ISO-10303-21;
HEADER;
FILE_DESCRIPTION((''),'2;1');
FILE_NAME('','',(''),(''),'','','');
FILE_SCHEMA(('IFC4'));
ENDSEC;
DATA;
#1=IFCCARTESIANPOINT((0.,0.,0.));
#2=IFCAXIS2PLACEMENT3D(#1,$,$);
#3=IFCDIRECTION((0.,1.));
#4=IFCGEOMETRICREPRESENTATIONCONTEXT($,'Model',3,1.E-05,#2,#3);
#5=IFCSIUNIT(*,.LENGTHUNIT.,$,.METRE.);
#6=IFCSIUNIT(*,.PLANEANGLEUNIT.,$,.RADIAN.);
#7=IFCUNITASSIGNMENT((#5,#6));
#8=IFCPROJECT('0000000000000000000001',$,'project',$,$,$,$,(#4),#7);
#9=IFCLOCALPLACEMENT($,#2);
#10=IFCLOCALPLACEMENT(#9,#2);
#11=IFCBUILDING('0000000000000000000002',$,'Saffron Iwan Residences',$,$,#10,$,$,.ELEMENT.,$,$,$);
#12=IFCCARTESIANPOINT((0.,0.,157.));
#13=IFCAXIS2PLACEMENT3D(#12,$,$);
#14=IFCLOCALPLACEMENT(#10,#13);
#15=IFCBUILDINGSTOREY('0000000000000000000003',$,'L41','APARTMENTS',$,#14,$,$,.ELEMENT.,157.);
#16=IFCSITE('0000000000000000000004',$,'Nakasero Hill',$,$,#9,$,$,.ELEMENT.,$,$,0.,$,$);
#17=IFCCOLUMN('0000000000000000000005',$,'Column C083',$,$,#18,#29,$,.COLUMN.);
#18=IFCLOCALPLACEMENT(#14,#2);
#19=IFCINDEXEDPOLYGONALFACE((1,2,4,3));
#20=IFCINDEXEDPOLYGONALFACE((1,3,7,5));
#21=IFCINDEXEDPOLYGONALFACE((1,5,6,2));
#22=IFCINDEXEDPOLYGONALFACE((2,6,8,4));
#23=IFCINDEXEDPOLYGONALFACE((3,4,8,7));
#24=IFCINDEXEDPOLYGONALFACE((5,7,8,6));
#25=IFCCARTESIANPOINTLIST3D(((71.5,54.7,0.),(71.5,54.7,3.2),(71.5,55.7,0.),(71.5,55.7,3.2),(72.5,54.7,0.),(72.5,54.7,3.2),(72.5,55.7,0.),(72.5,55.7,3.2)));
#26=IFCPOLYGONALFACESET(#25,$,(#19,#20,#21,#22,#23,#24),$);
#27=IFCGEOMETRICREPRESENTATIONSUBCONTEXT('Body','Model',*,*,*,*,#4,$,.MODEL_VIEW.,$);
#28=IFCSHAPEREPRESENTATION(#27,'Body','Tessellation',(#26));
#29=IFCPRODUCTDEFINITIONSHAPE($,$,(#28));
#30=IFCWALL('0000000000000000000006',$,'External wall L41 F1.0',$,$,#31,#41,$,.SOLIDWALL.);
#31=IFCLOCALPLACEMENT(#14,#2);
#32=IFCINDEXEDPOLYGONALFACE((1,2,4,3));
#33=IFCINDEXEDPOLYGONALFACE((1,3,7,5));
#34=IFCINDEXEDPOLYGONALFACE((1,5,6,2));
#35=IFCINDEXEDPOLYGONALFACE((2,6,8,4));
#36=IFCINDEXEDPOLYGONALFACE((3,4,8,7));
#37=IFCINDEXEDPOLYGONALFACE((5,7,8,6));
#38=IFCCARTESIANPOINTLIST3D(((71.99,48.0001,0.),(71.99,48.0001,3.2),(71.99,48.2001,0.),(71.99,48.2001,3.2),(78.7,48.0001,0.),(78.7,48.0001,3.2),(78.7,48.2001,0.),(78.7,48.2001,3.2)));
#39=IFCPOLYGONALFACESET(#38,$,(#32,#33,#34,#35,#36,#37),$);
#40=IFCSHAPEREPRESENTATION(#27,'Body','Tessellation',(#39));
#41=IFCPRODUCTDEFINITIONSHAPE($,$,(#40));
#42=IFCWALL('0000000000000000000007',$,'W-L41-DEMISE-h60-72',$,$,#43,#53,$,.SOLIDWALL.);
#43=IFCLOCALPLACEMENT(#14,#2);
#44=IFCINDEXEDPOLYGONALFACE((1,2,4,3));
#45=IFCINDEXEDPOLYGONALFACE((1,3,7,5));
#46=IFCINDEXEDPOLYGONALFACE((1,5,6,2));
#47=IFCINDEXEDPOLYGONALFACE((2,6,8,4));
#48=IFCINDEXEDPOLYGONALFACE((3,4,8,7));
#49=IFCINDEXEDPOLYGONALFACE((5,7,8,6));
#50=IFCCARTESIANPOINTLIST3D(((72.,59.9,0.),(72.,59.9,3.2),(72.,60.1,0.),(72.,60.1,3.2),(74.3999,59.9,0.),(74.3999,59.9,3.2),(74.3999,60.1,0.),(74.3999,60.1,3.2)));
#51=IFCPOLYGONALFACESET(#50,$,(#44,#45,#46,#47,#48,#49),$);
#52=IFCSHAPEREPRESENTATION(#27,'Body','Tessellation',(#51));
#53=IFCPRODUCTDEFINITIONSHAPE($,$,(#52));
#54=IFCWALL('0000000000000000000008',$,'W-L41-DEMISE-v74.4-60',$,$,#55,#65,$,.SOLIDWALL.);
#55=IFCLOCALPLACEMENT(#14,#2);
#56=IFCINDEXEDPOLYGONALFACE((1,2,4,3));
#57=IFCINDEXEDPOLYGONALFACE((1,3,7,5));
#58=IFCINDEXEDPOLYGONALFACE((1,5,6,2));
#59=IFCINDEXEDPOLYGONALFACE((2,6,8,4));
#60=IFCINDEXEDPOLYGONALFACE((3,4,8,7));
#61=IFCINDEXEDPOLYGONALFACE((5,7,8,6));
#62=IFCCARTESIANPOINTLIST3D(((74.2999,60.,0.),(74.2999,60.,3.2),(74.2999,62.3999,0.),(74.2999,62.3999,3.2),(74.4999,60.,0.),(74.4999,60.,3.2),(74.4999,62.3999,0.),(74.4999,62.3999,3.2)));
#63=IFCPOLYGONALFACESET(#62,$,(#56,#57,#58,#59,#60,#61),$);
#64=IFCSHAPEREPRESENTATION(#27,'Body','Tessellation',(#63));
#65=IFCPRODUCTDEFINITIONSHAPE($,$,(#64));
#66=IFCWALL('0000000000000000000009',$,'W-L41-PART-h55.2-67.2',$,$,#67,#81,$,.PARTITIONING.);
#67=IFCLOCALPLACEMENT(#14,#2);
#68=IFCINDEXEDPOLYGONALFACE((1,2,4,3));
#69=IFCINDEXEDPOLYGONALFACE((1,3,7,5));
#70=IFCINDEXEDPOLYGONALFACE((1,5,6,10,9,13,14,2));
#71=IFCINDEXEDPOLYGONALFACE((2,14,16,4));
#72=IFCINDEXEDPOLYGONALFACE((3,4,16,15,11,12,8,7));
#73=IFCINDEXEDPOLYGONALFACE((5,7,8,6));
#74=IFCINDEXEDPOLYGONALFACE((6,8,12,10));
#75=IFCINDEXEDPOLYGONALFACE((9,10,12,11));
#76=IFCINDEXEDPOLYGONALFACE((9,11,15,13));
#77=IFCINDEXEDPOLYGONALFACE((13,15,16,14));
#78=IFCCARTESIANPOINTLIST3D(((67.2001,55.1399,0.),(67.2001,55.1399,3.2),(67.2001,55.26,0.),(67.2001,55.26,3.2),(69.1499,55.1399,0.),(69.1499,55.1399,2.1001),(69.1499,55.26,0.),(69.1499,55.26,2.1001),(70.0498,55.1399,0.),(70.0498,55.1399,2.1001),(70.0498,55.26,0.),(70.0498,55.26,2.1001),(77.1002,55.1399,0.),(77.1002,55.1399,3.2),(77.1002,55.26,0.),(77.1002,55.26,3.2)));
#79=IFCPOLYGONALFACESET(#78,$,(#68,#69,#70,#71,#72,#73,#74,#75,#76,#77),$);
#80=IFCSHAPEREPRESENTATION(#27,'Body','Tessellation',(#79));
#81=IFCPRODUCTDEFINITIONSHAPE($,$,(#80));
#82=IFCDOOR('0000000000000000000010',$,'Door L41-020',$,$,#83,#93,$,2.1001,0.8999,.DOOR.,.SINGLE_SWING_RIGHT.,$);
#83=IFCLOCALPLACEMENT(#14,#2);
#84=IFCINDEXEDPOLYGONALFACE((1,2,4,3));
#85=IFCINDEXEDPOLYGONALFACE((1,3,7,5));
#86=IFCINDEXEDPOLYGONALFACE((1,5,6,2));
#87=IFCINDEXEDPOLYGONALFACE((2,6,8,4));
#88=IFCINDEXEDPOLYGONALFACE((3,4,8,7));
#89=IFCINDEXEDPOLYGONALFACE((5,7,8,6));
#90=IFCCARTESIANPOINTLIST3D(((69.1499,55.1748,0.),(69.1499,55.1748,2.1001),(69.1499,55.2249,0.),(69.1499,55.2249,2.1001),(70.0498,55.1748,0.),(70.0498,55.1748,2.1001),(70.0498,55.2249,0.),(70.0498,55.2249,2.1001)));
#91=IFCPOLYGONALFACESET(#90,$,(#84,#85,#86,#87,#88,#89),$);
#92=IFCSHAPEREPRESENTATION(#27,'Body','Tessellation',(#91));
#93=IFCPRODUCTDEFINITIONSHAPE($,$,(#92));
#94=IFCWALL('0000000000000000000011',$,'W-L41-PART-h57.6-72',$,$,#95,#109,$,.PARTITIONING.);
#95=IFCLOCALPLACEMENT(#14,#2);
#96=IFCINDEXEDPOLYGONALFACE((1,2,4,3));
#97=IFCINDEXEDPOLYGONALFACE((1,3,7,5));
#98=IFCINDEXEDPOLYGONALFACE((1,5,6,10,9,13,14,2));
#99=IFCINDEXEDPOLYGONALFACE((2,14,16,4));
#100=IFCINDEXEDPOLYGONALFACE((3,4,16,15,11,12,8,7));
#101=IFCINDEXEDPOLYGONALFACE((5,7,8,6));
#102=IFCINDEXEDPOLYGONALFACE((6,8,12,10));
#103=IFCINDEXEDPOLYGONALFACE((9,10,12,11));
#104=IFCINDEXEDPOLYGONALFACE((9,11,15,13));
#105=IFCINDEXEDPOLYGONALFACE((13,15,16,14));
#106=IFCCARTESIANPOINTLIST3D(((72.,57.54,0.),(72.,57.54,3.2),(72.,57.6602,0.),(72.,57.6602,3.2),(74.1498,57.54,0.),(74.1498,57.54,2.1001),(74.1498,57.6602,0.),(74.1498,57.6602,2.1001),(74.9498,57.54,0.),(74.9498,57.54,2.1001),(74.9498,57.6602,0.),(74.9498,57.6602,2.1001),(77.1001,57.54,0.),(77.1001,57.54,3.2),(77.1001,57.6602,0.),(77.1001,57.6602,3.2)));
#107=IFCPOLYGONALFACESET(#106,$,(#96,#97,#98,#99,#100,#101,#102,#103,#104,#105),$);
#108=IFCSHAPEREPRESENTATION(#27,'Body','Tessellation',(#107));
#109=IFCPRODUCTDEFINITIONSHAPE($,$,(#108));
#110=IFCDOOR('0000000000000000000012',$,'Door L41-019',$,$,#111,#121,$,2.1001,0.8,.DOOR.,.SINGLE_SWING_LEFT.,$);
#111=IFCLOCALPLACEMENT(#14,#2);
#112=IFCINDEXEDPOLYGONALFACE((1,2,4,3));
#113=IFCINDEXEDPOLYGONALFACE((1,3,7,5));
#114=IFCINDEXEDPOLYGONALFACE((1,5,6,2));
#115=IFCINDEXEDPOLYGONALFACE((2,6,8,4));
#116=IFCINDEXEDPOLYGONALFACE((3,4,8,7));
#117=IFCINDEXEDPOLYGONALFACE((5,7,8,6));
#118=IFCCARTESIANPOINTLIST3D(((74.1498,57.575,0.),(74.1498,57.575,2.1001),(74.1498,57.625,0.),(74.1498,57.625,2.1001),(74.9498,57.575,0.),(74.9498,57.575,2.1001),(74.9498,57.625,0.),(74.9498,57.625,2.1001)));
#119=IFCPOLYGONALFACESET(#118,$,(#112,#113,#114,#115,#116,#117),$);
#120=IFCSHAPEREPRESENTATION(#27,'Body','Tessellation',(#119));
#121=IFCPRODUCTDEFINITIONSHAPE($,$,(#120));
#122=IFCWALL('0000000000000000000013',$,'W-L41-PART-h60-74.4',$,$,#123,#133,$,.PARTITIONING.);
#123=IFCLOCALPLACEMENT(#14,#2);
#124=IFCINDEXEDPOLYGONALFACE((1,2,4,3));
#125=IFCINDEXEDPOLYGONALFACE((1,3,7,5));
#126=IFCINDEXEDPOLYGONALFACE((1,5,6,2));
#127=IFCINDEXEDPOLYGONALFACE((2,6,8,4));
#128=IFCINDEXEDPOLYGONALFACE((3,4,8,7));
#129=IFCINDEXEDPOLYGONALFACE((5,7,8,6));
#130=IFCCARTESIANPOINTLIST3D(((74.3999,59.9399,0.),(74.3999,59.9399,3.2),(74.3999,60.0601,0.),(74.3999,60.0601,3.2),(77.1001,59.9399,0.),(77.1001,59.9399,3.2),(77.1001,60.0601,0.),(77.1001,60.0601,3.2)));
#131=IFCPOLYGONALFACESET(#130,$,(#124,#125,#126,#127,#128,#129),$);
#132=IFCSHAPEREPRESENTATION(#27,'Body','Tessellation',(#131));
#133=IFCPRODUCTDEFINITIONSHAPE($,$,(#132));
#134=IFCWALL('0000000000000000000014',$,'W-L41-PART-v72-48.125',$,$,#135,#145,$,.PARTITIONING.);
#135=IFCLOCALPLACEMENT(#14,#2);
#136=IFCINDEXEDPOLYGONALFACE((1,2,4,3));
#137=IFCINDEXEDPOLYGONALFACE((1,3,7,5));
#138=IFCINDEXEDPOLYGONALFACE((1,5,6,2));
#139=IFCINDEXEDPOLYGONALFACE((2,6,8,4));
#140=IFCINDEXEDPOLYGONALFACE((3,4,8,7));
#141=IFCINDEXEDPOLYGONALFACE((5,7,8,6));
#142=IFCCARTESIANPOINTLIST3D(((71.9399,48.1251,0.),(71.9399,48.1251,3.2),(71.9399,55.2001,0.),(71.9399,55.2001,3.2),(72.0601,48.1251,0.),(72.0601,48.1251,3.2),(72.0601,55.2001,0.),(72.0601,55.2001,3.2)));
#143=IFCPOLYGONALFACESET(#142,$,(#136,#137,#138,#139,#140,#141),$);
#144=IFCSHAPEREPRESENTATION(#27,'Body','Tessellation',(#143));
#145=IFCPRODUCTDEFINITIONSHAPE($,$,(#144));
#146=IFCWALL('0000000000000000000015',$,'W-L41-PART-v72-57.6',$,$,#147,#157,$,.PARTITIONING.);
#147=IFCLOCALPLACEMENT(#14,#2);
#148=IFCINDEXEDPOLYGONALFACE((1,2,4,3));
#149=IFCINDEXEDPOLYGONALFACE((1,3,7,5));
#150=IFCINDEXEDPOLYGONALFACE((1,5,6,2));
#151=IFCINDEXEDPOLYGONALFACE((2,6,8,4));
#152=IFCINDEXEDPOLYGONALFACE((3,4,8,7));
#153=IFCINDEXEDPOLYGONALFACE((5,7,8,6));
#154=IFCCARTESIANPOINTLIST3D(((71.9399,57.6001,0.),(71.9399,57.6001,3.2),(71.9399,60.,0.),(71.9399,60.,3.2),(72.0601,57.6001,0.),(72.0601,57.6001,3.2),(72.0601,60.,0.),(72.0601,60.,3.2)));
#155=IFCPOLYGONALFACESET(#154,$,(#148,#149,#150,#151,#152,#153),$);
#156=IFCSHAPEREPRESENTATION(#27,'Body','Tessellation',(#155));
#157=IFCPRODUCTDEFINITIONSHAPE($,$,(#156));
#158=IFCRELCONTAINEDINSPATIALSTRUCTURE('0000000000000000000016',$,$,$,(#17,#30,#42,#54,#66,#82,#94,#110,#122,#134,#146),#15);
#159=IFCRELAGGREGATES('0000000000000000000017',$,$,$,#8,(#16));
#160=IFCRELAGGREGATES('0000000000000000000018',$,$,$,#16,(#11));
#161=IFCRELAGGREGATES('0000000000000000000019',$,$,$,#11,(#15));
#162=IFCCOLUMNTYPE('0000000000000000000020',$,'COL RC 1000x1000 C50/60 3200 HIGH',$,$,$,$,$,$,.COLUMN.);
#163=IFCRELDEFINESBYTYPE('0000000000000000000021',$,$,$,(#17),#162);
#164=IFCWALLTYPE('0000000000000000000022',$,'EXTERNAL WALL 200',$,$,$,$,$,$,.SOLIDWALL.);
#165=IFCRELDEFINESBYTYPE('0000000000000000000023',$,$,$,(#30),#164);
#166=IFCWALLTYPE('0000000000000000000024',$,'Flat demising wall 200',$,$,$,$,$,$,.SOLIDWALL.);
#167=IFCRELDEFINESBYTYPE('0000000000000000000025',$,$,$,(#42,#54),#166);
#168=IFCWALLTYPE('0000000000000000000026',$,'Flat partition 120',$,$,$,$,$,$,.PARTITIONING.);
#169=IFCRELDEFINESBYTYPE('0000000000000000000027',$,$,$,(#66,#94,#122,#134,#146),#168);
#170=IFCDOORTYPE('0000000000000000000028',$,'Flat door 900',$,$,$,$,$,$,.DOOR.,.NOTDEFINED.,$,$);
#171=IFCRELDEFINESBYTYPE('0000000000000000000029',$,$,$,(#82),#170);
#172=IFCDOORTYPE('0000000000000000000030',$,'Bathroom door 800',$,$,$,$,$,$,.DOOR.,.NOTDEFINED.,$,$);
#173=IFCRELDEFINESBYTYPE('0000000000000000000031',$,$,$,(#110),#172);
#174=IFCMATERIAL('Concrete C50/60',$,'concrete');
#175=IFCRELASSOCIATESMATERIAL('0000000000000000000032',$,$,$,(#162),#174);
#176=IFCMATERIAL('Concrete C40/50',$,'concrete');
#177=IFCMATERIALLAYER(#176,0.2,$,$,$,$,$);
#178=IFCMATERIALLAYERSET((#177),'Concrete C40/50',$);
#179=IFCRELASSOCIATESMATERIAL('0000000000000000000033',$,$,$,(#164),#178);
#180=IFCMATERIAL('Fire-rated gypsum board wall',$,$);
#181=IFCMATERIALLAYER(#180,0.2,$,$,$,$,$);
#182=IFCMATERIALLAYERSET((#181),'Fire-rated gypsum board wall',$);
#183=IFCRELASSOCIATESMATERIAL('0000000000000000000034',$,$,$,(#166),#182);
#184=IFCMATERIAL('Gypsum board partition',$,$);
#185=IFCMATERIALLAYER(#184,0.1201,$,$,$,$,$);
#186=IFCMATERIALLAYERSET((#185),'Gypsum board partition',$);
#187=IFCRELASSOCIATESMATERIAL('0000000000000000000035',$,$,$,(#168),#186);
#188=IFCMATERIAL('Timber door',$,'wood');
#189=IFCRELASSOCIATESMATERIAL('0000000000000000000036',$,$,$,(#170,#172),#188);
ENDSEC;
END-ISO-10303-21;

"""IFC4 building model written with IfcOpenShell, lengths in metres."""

from ifc_helpers import new_model, si_unit, direction, frame, frame_2d, origin, origin_2d, place, context, subcontext, project, spatial, rectangle, extrude, source, transform, mapped, material, layer, layer_set, material_profile, profile_set, type_object, element, fill, save


model = new_model("IFC4")

# Units and contexts
model_context = context("Model", 3, precision=1e-05, world=origin(), true_north=direction((0.0, 1.0)))
body_context = subcontext(model_context, "Body", "Model", "MODEL_VIEW")
ifc_project = project(units=[si_unit("LENGTHUNIT", "METRE"), si_unit("PLANEANGLEUNIT", "RADIAN")], contexts=[model_context])

# Site, building, storey
site_placement = place(None, origin())
site = spatial("IfcSite", under=ifc_project, at=site_placement, Name="Nakasero Hill", CompositionType="ELEMENT", RefElevation=0.0)
building_placement = place(site_placement, origin())
building = spatial("IfcBuilding", under=site, at=building_placement, Name="Saffron Iwan Residences", CompositionType="ELEMENT")
storey_placement = place(building_placement, frame((0.0, 0.0, 157.0)))
storey = spatial("IfcBuildingStorey", under=building, at=storey_placement, Name="L41", Description="APARTMENTS", CompositionType="ELEMENT", Elevation=157.0)

# Column
ifc_material_1 = material(Name="Concrete C50/60", Category="concrete")
ifc_material_profile = material_profile(ifc_material_1, rectangle(XDim=1.0, YDim=1.0, at=origin_2d()), Name="RC 1000x1000")
ifc_profile_set = profile_set([ifc_material_profile], Name="Concrete C50/60")
column_type = type_object("IfcColumnType", Name="COL RC 1000x1000 C50/60 3200 HIGH", PredefinedType="COLUMN", material=ifc_profile_set)
shared_shape = source(origin(), body_context, "Body", "SweptSolid", [
    extrude(rectangle(XDim=1.0, YDim=1.0, at=origin_2d()), origin(), (0.0, 0.0, 1.0), 3.2),
])
column_placement = place(storey_placement, frame((72.0, 55.2, 0.0), z_axis=(0.0, 0.0, 1.0), x_axis=(1.0, 0.0, 0.0)))
element("IfcColumn", 1, at=column_placement, inside=storey, type_object=column_type, Name="Column C083", PredefinedType="COLUMN", context=body_context, shape_type="MappedRepresentation", body=[
    mapped(shared_shape, transform((0.0, 0.0, 0.0))),
])

# Walls
ifc_material_2 = material(Name="Concrete C40/50", Category="concrete")
ifc_layer_1 = layer(ifc_material_2, 0.2)
ifc_layer_set_1 = layer_set([ifc_layer_1], Name="Concrete C40/50")
wall_type_1 = type_object("IfcWallType", Name="EXTERNAL WALL 200", PredefinedType="SOLIDWALL", material=ifc_layer_set_1)
wall_1_placement = place(storey_placement, frame((71.99, 48.1001, 0.0), z_axis=(0.0, 0.0, 1.0), x_axis=(1.0, 0.0, 0.0)))
element("IfcWall", 2, at=wall_1_placement, inside=storey, type_object=wall_type_1, Name="External wall L41 F1.0", PredefinedType="SOLIDWALL", context=body_context, shape_type="SweptSolid", body=[
    extrude(rectangle(XDim=6.71, YDim=0.2, at=frame_2d((3.355, 0.0))), origin(), (0.0, 0.0, 1.0), 3.2),
])
ifc_material_3 = material(Name="Fire-rated gypsum board wall")
ifc_layer_2 = layer(ifc_material_3, 0.2)
ifc_layer_set_2 = layer_set([ifc_layer_2], Name="Fire-rated gypsum board wall")
wall_type_2 = type_object("IfcWallType", Name="Flat demising wall 200", PredefinedType="SOLIDWALL", material=ifc_layer_set_2)
for number, where, z_axis, x_axis, name in (
    (3, (72.0, 60.0, 0.0), (0.0, 0.0, 1.0), (1.0, 0.0, 0.0), "W-L41-DEMISE-h60-72"),
    (4, (74.3999, 60.0, 0.0), (0.0, 0.0, 1.0), (0.0, 1.0, 0.0), "W-L41-DEMISE-v74.4-60"),
):
    element("IfcWall", number, at=place(storey_placement, frame(where, z_axis=z_axis, x_axis=x_axis)), inside=storey, type_object=wall_type_2, Name=name, PredefinedType="SOLIDWALL", context=body_context, shape_type="SweptSolid", body=[
        extrude(rectangle(XDim=2.3999, YDim=0.2, at=frame_2d((1.2, 0.0))), origin(), (0.0, 0.0, 1.0), 3.2),
    ])

# Walls, openings, doors
ifc_material_4 = material(Name="Gypsum board partition")
ifc_layer_3 = layer(ifc_material_4, 0.1201)
ifc_layer_set_3 = layer_set([ifc_layer_3], Name="Gypsum board partition")
wall_type_3 = type_object("IfcWallType", Name="Flat partition 120", PredefinedType="PARTITIONING", material=ifc_layer_set_3)
wall_2_placement = place(storey_placement, frame((67.2, 55.2, 0.0), z_axis=(0.0, 0.0, 1.0), x_axis=(1.0, 0.0, 0.0)))
wall_2 = element("IfcWall", 5, at=wall_2_placement, inside=storey, type_object=wall_type_3, Name="W-L41-PART-h55.2-67.2", PredefinedType="PARTITIONING", context=body_context, shape_type="SweptSolid", body=[
    extrude(rectangle(XDim=9.9001, YDim=0.1201, at=frame_2d((4.9502, 0.0))), origin(), (0.0, 0.0, 1.0), 3.2),
])
opening_1_placement = place(wall_2_placement, frame((1.95, 0.0, 0.0)))
opening_1 = element("IfcOpeningElement", 6, at=opening_1_placement, cuts=wall_2, PredefinedType="OPENING", context=body_context, shape_type="SweptSolid", body=[
    extrude(rectangle(XDim=0.8999, YDim=2.1001, at=frame_2d((0.45, 1.05))), frame((0.0, 0.0701, 0.0), z_axis=(0.0, -1.0, 0.0), x_axis=(1.0, 0.0, 0.0)), (0.0, 0.0, 1.0), 0.1401),
])
ifc_material_5 = material(Name="Timber door", Category="wood")
door_type_1 = type_object("IfcDoorType", Name="Flat door 900", OperationType="NOTDEFINED", PredefinedType="DOOR", material=ifc_material_5)
door_1_placement = place(opening_1_placement, origin())
door_1 = element("IfcDoor", 7, at=door_1_placement, inside=storey, type_object=door_type_1, Name="Door L41-020", OperationType="SINGLE_SWING_RIGHT", OverallHeight=2.1001, OverallWidth=0.8999, PredefinedType="DOOR", context=body_context, shape_type="SweptSolid", body=[
    extrude(rectangle(XDim=0.8999, YDim=2.1001, at=frame_2d((0.45, 1.05))), frame((0.0, 0.0249, 0.0), z_axis=(0.0, -1.0, 0.0), x_axis=(1.0, 0.0, 0.0)), (0.0, 0.0, 1.0), 0.05),
])
fill(opening_1, door_1)
wall_3_placement = place(storey_placement, frame((72.0, 57.6001, 0.0), z_axis=(0.0, 0.0, 1.0), x_axis=(1.0, 0.0, 0.0)))
wall_3 = element("IfcWall", 8, at=wall_3_placement, inside=storey, type_object=wall_type_3, Name="W-L41-PART-h57.6-72", PredefinedType="PARTITIONING", context=body_context, shape_type="SweptSolid", body=[
    extrude(rectangle(XDim=5.1001, YDim=0.1201, at=frame_2d((2.55, 0.0))), origin(), (0.0, 0.0, 1.0), 3.2),
])
opening_2_placement = place(wall_3_placement, frame((2.1499, 0.0, 0.0)))
opening_2 = element("IfcOpeningElement", 9, at=opening_2_placement, cuts=wall_3, PredefinedType="OPENING", context=body_context, shape_type="SweptSolid", body=[
    extrude(rectangle(XDim=0.8, YDim=2.1001, at=frame_2d((0.3999, 1.05))), frame((0.0, 0.0701, 0.0), z_axis=(0.0, -1.0, 0.0), x_axis=(1.0, 0.0, 0.0)), (0.0, 0.0, 1.0), 0.1401),
])
door_type_2 = type_object("IfcDoorType", Name="Bathroom door 800", OperationType="NOTDEFINED", PredefinedType="DOOR", material=ifc_material_5)
door_2_placement = place(opening_2_placement, origin())
door_2 = element("IfcDoor", 10, at=door_2_placement, inside=storey, type_object=door_type_2, Name="Door L41-019", OperationType="SINGLE_SWING_LEFT", OverallHeight=2.1001, OverallWidth=0.8, PredefinedType="DOOR", context=body_context, shape_type="SweptSolid", body=[
    extrude(rectangle(XDim=0.8, YDim=2.1001, at=frame_2d((0.3999, 1.05))), frame((0.0, 0.0249, 0.0), z_axis=(0.0, -1.0, 0.0), x_axis=(1.0, 0.0, 0.0)), (0.0, 0.0, 1.0), 0.05),
])
fill(opening_2, door_2)

# Walls
wall_4_placement = place(storey_placement, frame((74.3999, 60.0, 0.0), z_axis=(0.0, 0.0, 1.0), x_axis=(1.0, 0.0, 0.0)))
element("IfcWall", 11, at=wall_4_placement, inside=storey, type_object=wall_type_3, Name="W-L41-PART-h60-74.4", PredefinedType="PARTITIONING", context=body_context, shape_type="SweptSolid", body=[
    extrude(rectangle(XDim=2.7002, YDim=0.1201, at=frame_2d((1.3501, 0.0))), origin(), (0.0, 0.0, 1.0), 3.2),
])
wall_5_placement = place(storey_placement, frame((72.0, 48.125, 0.0), z_axis=(0.0, 0.0, 1.0), x_axis=(0.0, 1.0, 0.0)))
element("IfcWall", 12, at=wall_5_placement, inside=storey, type_object=wall_type_3, Name="W-L41-PART-v72-48.125", PredefinedType="PARTITIONING", context=body_context, shape_type="SweptSolid", body=[
    extrude(rectangle(XDim=7.075, YDim=0.1201, at=frame_2d((3.5376, 0.0))), origin(), (0.0, 0.0, 1.0), 3.2),
])
wall_6_placement = place(storey_placement, frame((72.0, 57.6001, 0.0), z_axis=(0.0, 0.0, 1.0), x_axis=(0.0, 1.0, 0.0)))
element("IfcWall", 13, at=wall_6_placement, inside=storey, type_object=wall_type_3, Name="W-L41-PART-v72-57.6", PredefinedType="PARTITIONING", context=body_context, shape_type="SweptSolid", body=[
    extrude(rectangle(XDim=2.3999, YDim=0.1201, at=frame_2d((1.2, 0.0))), origin(), (0.0, 0.0, 1.0), 3.2),
])

save(model, "model.ifc")
